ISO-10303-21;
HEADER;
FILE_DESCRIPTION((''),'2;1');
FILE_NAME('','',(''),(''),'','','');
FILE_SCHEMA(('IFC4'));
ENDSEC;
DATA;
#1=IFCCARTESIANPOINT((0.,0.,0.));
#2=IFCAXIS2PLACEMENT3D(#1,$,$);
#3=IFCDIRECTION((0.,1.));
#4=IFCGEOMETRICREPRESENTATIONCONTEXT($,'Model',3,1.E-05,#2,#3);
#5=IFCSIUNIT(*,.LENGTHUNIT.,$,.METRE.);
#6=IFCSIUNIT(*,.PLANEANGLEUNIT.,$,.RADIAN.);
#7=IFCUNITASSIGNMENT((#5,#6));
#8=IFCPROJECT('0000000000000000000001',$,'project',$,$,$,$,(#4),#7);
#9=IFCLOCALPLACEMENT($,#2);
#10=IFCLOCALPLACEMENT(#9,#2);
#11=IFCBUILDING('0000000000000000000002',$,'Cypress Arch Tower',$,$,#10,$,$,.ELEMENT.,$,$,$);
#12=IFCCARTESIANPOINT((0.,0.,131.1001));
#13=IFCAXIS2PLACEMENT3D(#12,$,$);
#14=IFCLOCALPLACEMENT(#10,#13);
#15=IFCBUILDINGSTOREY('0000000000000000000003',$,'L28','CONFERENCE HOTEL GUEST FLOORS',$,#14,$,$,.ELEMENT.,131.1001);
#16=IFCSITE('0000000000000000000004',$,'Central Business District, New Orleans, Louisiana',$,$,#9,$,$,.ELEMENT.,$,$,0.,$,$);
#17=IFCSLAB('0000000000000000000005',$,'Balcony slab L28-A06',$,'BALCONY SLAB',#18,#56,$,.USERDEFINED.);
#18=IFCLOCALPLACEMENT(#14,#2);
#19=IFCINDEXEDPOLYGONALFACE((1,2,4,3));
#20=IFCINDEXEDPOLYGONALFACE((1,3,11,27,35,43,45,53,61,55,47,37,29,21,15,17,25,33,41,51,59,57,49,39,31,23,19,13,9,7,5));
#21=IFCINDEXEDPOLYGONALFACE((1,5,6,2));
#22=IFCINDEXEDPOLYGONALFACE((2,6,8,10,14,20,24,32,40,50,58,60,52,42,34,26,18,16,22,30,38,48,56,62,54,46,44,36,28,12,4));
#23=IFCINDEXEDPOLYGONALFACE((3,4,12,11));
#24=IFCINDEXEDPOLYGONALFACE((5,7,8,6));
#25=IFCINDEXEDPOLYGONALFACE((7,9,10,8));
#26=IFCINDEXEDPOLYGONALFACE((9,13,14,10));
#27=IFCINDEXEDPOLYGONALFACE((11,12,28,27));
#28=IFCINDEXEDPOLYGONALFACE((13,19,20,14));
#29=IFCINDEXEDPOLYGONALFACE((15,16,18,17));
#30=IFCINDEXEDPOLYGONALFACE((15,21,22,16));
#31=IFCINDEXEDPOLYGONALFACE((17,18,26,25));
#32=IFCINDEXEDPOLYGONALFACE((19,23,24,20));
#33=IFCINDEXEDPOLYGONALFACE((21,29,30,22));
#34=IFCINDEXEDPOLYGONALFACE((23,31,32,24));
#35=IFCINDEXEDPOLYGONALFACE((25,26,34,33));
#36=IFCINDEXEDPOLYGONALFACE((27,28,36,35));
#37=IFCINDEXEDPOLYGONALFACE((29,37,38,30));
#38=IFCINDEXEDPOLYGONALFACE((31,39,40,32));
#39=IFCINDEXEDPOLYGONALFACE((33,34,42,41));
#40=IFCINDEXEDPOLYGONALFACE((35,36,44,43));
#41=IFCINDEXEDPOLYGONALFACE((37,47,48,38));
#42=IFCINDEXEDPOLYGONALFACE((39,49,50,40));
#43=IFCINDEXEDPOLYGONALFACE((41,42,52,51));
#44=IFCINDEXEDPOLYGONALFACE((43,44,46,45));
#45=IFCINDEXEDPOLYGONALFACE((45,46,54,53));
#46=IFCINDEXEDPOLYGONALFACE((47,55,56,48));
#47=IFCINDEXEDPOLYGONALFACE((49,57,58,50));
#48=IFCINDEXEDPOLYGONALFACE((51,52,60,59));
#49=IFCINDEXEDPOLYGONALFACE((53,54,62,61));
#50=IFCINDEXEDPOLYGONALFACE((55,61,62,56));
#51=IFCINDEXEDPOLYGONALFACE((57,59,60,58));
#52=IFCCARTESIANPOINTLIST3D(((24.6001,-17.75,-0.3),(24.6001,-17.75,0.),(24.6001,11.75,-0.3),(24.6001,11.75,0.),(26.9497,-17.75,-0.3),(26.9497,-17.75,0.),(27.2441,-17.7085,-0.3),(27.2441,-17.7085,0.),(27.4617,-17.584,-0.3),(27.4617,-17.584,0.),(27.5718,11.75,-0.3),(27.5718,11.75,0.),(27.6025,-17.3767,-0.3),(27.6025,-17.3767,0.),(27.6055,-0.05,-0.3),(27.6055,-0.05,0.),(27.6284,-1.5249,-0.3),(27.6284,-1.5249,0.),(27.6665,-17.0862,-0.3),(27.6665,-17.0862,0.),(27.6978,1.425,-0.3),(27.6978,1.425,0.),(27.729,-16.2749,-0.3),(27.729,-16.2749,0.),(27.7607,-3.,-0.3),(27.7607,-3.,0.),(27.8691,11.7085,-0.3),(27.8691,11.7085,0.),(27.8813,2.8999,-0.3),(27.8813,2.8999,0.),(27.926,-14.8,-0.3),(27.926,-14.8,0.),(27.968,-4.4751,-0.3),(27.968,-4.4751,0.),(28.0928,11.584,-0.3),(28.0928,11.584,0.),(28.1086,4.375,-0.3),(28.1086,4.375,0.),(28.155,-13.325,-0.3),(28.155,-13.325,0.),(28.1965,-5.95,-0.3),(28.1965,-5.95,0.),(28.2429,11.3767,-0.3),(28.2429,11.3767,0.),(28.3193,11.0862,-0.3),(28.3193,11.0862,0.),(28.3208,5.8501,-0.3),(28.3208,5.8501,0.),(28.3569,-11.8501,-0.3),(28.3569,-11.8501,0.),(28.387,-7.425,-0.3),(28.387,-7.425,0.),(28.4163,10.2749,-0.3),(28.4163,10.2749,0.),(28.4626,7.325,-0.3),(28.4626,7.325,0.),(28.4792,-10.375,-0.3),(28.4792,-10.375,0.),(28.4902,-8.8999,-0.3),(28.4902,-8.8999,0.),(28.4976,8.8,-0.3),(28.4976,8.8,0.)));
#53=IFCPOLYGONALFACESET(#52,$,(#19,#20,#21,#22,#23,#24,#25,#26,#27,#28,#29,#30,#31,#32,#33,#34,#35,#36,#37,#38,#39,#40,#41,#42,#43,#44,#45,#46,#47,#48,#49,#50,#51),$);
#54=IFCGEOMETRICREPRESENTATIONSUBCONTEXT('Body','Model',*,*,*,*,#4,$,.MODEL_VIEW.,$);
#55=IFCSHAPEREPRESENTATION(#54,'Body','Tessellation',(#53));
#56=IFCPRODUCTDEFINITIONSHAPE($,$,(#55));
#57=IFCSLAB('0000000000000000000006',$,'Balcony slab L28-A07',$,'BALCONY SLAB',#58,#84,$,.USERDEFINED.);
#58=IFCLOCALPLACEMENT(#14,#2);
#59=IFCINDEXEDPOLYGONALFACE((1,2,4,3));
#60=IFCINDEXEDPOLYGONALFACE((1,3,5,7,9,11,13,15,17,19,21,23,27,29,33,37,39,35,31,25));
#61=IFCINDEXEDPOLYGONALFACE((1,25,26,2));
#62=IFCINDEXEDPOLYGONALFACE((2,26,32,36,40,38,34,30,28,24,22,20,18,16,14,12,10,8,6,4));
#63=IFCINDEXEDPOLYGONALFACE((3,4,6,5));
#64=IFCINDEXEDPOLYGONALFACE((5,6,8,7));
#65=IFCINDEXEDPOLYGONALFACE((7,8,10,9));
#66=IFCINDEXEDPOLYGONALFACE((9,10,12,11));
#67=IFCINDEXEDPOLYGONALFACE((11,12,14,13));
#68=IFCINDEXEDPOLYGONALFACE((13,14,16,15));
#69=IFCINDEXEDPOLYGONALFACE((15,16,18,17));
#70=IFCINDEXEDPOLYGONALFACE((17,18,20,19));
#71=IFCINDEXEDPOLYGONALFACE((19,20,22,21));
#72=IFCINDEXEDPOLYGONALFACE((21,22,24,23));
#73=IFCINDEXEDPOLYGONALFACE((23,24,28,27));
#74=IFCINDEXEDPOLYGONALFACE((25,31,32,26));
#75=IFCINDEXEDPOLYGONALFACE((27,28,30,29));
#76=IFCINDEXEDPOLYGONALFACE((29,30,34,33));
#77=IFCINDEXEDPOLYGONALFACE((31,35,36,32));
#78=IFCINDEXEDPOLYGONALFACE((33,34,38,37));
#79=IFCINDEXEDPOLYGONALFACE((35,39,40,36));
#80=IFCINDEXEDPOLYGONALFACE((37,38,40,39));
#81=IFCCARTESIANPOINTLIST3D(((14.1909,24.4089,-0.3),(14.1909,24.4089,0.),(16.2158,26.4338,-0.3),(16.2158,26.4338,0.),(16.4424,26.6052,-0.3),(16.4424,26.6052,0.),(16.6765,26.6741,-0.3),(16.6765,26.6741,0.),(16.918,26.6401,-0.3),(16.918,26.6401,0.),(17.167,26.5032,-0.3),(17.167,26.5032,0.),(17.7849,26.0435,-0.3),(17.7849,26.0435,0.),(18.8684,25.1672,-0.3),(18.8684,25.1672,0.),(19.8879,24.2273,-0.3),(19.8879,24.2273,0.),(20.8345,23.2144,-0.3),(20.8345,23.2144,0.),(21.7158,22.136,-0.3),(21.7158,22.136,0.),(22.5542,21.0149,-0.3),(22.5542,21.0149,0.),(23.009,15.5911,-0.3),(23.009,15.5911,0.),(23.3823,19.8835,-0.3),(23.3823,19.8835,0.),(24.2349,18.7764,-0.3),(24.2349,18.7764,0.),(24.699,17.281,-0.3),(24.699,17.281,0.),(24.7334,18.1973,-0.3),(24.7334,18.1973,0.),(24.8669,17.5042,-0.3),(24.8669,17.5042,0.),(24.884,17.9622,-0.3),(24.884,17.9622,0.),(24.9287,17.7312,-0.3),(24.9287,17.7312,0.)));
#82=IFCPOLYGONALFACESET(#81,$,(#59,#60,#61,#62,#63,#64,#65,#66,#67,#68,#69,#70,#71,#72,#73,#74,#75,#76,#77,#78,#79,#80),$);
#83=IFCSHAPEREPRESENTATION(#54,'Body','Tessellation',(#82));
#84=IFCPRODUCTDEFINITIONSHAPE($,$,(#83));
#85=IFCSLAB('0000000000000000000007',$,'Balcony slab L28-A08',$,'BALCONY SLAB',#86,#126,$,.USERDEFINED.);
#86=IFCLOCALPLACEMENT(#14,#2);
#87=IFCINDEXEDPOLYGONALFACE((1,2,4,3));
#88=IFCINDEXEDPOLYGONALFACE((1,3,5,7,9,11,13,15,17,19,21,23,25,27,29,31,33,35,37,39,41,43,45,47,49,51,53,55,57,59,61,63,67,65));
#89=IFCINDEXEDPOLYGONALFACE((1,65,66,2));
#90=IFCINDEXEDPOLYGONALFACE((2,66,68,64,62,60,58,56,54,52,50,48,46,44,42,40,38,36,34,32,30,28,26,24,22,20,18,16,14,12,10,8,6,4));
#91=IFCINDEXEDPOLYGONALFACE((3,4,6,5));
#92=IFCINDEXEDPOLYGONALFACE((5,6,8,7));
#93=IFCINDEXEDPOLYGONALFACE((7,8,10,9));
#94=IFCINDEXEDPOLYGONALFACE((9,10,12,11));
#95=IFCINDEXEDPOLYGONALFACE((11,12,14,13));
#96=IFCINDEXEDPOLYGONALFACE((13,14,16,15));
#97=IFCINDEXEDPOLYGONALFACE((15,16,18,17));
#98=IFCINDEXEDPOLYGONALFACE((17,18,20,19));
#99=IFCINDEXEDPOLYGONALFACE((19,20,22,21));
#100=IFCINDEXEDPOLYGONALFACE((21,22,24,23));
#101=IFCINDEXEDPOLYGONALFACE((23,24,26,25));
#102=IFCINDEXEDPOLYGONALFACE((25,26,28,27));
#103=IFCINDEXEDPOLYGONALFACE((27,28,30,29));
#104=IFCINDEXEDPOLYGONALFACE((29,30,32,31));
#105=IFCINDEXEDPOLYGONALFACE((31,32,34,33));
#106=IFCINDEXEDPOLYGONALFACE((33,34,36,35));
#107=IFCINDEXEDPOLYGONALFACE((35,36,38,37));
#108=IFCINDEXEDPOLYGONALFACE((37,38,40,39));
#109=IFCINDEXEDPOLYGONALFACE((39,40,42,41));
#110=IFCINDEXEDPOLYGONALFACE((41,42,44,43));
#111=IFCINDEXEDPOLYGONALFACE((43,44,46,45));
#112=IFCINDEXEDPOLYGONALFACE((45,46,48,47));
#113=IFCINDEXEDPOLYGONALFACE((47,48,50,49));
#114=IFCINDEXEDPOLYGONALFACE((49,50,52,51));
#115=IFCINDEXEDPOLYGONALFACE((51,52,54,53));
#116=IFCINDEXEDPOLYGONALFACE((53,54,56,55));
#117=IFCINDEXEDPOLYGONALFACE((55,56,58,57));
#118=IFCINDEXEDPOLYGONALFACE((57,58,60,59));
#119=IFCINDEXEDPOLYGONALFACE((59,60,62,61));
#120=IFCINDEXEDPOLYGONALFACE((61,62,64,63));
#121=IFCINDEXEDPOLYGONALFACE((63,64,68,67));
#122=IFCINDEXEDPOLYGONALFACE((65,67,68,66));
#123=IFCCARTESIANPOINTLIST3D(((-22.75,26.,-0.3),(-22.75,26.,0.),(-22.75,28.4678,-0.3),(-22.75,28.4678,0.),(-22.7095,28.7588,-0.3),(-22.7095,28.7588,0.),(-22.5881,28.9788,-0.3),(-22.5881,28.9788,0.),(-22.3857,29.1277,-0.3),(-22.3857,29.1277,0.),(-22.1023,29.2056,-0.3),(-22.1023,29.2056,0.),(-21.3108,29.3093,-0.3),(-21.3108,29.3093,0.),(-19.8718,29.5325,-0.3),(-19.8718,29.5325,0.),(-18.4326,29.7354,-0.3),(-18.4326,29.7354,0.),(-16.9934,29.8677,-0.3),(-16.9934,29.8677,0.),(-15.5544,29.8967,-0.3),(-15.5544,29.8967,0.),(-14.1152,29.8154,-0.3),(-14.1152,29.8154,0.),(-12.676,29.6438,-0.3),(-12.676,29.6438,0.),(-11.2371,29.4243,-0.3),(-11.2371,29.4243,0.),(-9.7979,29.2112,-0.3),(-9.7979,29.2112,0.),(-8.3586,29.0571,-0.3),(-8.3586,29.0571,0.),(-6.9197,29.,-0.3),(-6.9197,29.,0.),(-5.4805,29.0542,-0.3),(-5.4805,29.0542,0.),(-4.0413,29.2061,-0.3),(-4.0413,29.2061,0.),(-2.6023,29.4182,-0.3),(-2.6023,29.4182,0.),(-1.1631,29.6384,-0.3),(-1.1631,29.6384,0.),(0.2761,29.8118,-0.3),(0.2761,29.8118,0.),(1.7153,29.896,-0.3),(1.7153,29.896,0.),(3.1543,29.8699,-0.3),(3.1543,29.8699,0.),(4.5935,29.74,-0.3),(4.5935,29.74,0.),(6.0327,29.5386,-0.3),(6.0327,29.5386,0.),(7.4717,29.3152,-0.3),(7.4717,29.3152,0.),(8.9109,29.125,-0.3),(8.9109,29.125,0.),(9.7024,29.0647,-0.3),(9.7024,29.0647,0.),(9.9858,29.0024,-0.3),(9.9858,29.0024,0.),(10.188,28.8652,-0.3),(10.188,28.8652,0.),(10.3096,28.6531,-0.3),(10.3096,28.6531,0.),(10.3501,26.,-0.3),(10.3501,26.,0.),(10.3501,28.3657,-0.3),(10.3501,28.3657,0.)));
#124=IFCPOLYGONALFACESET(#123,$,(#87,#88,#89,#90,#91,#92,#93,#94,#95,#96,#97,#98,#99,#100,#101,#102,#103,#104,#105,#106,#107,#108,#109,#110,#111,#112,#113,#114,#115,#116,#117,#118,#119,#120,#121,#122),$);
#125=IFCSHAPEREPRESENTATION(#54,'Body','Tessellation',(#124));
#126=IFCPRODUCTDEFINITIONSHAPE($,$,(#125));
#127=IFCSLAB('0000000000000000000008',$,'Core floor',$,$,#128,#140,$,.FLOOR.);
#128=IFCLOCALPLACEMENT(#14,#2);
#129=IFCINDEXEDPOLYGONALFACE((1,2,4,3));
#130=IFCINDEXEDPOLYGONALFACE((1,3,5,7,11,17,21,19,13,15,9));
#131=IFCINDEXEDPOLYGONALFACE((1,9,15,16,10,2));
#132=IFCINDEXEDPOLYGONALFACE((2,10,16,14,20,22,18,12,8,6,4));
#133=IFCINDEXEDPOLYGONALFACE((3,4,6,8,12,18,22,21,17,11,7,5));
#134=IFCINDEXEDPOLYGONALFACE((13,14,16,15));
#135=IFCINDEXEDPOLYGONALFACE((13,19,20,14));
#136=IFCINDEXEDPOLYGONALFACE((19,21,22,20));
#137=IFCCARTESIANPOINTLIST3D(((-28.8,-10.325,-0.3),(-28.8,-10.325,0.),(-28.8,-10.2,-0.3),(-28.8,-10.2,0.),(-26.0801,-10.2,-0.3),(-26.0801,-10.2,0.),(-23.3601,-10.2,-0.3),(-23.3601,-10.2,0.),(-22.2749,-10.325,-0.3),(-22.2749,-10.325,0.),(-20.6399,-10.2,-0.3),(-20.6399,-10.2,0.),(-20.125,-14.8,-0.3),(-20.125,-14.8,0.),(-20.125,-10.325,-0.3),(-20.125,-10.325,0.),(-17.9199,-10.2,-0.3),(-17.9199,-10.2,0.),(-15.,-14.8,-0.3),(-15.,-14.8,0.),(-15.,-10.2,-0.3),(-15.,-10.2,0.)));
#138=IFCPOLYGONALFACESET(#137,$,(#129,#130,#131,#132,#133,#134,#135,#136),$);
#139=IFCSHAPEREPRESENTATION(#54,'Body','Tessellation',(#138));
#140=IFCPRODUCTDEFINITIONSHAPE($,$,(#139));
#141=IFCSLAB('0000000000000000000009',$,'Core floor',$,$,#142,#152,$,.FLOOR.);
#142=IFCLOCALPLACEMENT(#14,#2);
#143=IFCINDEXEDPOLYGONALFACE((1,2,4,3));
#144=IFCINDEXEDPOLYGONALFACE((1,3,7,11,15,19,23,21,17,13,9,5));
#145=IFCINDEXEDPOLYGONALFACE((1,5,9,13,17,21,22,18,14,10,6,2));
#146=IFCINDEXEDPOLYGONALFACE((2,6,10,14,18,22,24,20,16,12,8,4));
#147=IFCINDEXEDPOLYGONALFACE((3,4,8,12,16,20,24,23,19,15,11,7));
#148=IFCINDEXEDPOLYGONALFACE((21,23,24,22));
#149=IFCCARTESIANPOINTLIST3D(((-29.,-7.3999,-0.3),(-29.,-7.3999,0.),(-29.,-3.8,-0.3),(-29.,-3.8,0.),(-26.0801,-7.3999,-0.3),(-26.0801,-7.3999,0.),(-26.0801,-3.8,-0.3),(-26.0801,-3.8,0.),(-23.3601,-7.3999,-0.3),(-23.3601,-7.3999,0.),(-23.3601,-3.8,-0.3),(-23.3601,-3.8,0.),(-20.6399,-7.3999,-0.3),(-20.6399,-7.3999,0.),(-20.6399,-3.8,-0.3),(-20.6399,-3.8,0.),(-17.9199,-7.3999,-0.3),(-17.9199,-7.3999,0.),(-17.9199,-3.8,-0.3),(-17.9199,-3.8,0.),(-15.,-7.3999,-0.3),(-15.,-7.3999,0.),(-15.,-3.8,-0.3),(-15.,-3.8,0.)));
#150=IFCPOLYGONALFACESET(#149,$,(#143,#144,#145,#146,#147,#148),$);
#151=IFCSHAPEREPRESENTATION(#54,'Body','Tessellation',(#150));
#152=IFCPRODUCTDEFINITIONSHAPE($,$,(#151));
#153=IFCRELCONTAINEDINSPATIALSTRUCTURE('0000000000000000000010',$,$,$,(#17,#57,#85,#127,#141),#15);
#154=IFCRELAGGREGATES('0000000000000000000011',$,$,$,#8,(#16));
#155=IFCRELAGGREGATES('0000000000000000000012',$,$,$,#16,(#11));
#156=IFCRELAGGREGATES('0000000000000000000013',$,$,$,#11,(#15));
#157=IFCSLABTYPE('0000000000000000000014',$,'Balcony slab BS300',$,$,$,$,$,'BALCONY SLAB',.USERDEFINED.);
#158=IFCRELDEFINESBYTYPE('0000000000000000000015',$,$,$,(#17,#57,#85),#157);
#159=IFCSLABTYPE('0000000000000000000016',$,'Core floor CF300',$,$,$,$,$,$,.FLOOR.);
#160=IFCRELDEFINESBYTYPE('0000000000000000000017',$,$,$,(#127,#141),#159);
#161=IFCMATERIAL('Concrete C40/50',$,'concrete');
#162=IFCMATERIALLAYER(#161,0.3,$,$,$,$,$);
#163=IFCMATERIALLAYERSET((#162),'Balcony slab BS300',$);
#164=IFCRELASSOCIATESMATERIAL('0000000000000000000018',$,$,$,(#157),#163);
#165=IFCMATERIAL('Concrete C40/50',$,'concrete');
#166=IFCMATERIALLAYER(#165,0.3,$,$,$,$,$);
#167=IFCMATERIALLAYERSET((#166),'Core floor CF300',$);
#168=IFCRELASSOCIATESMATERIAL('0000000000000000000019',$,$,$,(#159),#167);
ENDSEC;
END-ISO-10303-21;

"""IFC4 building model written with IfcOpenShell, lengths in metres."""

from ifc_helpers import new_model, si_unit, direction, frame, origin, place, context, subcontext, project, spatial, polyline, outline, extrude, material, layer, layer_set, type_object, element, save


model = new_model("IFC4")

# Units and contexts
model_context = context("Model", 3, precision=1e-05, world=origin(), true_north=direction((0.0, 1.0)))
body_context = subcontext(model_context, "Body", "Model", "MODEL_VIEW")
ifc_project = project(units=[si_unit("LENGTHUNIT", "METRE"), si_unit("PLANEANGLEUNIT", "RADIAN")], contexts=[model_context])

# Site, building, storey
site_placement = place(None, origin())
site = spatial("IfcSite", under=ifc_project, at=site_placement, Name="Central Business District, New Orleans, Louisiana", CompositionType="ELEMENT", RefElevation=0.0)
building_placement = place(site_placement, origin())
building = spatial("IfcBuilding", under=site, at=building_placement, Name="Cypress Arch Tower", CompositionType="ELEMENT")
storey_placement = place(building_placement, frame((0.0, 0.0, 131.1001)))
storey = spatial("IfcBuildingStorey", under=building, at=storey_placement, Name="L28", Description="CONFERENCE HOTEL GUEST FLOORS", CompositionType="ELEMENT", Elevation=131.1001)

# Slabs
ifc_material_1 = material(Name="Concrete C40/50", Category="concrete")
ifc_layer_1 = layer(ifc_material_1, 0.3)
ifc_layer_set_1 = layer_set([ifc_layer_1], Name="Balcony slab BS300")
slab_type_1 = type_object("IfcSlabType", Name="Balcony slab BS300", ElementType="BALCONY SLAB", PredefinedType="USERDEFINED", material=ifc_layer_set_1)
slab_1_placement = place(storey_placement, frame((0.0, 0.0, -0.3)))
element("IfcSlab", 1, at=slab_1_placement, inside=storey, type_object=slab_type_1, Name="Balcony slab L28-A06", ObjectType="BALCONY SLAB", PredefinedType="USERDEFINED", context=body_context, shape_type="SweptSolid", body=[
    extrude(outline(polyline([(24.6001, -17.75), (26.9497, -17.75), (27.2441, -17.7085), (27.4617, -17.584), (27.6025, -17.3767), (27.6665, -17.0862), (27.729, -16.2749), (27.926, -14.8), (28.155, -13.325), (28.3569, -11.8501), (28.4792, -10.375), (28.4902, -8.8999), (28.387, -7.425), (28.1965, -5.95), (27.968, -4.4751), (27.7607, -3.0), (27.6284, -1.5249), (27.6055, -0.05), (27.6978, 1.425), (27.8813, 2.8999), (28.1086, 4.375), (28.3208, 5.8501), (28.4626, 7.325), (28.4976, 8.8), (28.4163, 10.2749), (28.3193, 11.0862), (28.2429, 11.3767), (28.0928, 11.584), (27.8691, 11.7085), (27.5718, 11.75), (24.6001, 11.75), (24.6001, -17.75)])), origin(), (0.0, 0.0, 1.0), 0.3),
])
slab_2_placement = place(storey_placement, frame((0.0, 0.0, -0.3)))
element("IfcSlab", 2, at=slab_2_placement, inside=storey, type_object=slab_type_1, Name="Balcony slab L28-A07", ObjectType="BALCONY SLAB", PredefinedType="USERDEFINED", context=body_context, shape_type="SweptSolid", body=[
    extrude(outline(polyline([(23.009, 15.5911), (24.699, 17.281), (24.8669, 17.5042), (24.9287, 17.7312), (24.884, 17.9622), (24.7334, 18.1973), (24.2349, 18.7764), (23.3823, 19.8835), (22.5542, 21.0149), (21.7158, 22.136), (20.8345, 23.2144), (19.8879, 24.2273), (18.8684, 25.1672), (17.7849, 26.0435), (17.167, 26.5032), (16.918, 26.6401), (16.6765, 26.6741), (16.4424, 26.6052), (16.2158, 26.4338), (14.1909, 24.4089), (23.009, 15.5911)])), origin(), (0.0, 0.0, 1.0), 0.3),
])
slab_3_placement = place(storey_placement, frame((0.0, 0.0, -0.3)))
element("IfcSlab", 3, at=slab_3_placement, inside=storey, type_object=slab_type_1, Name="Balcony slab L28-A08", ObjectType="BALCONY SLAB", PredefinedType="USERDEFINED", context=body_context, shape_type="SweptSolid", body=[
    extrude(outline(polyline([(10.3501, 26.0), (10.3501, 28.3657), (10.3096, 28.6531), (10.188, 28.8652), (9.9858, 29.0024), (9.7024, 29.0647), (8.9109, 29.125), (7.4717, 29.3152), (6.0327, 29.5386), (4.5935, 29.74), (3.1543, 29.8699), (1.7153, 29.896), (0.2761, 29.8118), (-1.1631, 29.6384), (-2.6023, 29.4182), (-4.0413, 29.2061), (-5.4805, 29.0542), (-6.9197, 29.0), (-8.3586, 29.0571), (-9.7979, 29.2112), (-11.2371, 29.4243), (-12.676, 29.6438), (-14.1152, 29.8154), (-15.5544, 29.8967), (-16.9934, 29.8677), (-18.4326, 29.7354), (-19.8718, 29.5325), (-21.3108, 29.3093), (-22.1023, 29.2056), (-22.3857, 29.1277), (-22.5881, 28.9788), (-22.7095, 28.7588), (-22.75, 28.4678), (-22.75, 26.0), (10.3501, 26.0)])), origin(), (0.0, 0.0, 1.0), 0.3),
])
ifc_material_2 = material(Name="Concrete C40/50", Category="concrete")
ifc_layer_2 = layer(ifc_material_2, 0.3)
ifc_layer_set_2 = layer_set([ifc_layer_2], Name="Core floor CF300")
slab_type_2 = type_object("IfcSlabType", Name="Core floor CF300", PredefinedType="FLOOR", material=ifc_layer_set_2)
slab_4_placement = place(storey_placement, frame((0.0, 0.0, -0.3)))
element("IfcSlab", 4, at=slab_4_placement, inside=storey, type_object=slab_type_2, Name="Core floor", PredefinedType="FLOOR", context=body_context, shape_type="SweptSolid", body=[
    extrude(outline(polyline([(-20.125, -14.8), (-15.0, -14.8), (-15.0, -10.2), (-17.9199, -10.2), (-20.6399, -10.2), (-23.3601, -10.2), (-26.0801, -10.2), (-28.8, -10.2), (-28.8, -10.325), (-22.2749, -10.325), (-20.125, -10.325), (-20.125, -14.8)])), origin(), (0.0, 0.0, 1.0), 0.3),
])
slab_5_placement = place(storey_placement, frame((0.0, 0.0, -0.3)))
element("IfcSlab", 5, at=slab_5_placement, inside=storey, type_object=slab_type_2, Name="Core floor", PredefinedType="FLOOR", context=body_context, shape_type="SweptSolid", body=[
    extrude(outline(polyline([(-29.0, -3.8), (-29.0, -7.3999), (-26.0801, -7.3999), (-23.3601, -7.3999), (-20.6399, -7.3999), (-17.9199, -7.3999), (-15.0, -7.3999), (-15.0, -3.8), (-17.9199, -3.8), (-20.6399, -3.8), (-23.3601, -3.8), (-26.0801, -3.8), (-29.0, -3.8)])), origin(), (0.0, 0.0, 1.0), 0.3),
])

save(model, "model.ifc")
